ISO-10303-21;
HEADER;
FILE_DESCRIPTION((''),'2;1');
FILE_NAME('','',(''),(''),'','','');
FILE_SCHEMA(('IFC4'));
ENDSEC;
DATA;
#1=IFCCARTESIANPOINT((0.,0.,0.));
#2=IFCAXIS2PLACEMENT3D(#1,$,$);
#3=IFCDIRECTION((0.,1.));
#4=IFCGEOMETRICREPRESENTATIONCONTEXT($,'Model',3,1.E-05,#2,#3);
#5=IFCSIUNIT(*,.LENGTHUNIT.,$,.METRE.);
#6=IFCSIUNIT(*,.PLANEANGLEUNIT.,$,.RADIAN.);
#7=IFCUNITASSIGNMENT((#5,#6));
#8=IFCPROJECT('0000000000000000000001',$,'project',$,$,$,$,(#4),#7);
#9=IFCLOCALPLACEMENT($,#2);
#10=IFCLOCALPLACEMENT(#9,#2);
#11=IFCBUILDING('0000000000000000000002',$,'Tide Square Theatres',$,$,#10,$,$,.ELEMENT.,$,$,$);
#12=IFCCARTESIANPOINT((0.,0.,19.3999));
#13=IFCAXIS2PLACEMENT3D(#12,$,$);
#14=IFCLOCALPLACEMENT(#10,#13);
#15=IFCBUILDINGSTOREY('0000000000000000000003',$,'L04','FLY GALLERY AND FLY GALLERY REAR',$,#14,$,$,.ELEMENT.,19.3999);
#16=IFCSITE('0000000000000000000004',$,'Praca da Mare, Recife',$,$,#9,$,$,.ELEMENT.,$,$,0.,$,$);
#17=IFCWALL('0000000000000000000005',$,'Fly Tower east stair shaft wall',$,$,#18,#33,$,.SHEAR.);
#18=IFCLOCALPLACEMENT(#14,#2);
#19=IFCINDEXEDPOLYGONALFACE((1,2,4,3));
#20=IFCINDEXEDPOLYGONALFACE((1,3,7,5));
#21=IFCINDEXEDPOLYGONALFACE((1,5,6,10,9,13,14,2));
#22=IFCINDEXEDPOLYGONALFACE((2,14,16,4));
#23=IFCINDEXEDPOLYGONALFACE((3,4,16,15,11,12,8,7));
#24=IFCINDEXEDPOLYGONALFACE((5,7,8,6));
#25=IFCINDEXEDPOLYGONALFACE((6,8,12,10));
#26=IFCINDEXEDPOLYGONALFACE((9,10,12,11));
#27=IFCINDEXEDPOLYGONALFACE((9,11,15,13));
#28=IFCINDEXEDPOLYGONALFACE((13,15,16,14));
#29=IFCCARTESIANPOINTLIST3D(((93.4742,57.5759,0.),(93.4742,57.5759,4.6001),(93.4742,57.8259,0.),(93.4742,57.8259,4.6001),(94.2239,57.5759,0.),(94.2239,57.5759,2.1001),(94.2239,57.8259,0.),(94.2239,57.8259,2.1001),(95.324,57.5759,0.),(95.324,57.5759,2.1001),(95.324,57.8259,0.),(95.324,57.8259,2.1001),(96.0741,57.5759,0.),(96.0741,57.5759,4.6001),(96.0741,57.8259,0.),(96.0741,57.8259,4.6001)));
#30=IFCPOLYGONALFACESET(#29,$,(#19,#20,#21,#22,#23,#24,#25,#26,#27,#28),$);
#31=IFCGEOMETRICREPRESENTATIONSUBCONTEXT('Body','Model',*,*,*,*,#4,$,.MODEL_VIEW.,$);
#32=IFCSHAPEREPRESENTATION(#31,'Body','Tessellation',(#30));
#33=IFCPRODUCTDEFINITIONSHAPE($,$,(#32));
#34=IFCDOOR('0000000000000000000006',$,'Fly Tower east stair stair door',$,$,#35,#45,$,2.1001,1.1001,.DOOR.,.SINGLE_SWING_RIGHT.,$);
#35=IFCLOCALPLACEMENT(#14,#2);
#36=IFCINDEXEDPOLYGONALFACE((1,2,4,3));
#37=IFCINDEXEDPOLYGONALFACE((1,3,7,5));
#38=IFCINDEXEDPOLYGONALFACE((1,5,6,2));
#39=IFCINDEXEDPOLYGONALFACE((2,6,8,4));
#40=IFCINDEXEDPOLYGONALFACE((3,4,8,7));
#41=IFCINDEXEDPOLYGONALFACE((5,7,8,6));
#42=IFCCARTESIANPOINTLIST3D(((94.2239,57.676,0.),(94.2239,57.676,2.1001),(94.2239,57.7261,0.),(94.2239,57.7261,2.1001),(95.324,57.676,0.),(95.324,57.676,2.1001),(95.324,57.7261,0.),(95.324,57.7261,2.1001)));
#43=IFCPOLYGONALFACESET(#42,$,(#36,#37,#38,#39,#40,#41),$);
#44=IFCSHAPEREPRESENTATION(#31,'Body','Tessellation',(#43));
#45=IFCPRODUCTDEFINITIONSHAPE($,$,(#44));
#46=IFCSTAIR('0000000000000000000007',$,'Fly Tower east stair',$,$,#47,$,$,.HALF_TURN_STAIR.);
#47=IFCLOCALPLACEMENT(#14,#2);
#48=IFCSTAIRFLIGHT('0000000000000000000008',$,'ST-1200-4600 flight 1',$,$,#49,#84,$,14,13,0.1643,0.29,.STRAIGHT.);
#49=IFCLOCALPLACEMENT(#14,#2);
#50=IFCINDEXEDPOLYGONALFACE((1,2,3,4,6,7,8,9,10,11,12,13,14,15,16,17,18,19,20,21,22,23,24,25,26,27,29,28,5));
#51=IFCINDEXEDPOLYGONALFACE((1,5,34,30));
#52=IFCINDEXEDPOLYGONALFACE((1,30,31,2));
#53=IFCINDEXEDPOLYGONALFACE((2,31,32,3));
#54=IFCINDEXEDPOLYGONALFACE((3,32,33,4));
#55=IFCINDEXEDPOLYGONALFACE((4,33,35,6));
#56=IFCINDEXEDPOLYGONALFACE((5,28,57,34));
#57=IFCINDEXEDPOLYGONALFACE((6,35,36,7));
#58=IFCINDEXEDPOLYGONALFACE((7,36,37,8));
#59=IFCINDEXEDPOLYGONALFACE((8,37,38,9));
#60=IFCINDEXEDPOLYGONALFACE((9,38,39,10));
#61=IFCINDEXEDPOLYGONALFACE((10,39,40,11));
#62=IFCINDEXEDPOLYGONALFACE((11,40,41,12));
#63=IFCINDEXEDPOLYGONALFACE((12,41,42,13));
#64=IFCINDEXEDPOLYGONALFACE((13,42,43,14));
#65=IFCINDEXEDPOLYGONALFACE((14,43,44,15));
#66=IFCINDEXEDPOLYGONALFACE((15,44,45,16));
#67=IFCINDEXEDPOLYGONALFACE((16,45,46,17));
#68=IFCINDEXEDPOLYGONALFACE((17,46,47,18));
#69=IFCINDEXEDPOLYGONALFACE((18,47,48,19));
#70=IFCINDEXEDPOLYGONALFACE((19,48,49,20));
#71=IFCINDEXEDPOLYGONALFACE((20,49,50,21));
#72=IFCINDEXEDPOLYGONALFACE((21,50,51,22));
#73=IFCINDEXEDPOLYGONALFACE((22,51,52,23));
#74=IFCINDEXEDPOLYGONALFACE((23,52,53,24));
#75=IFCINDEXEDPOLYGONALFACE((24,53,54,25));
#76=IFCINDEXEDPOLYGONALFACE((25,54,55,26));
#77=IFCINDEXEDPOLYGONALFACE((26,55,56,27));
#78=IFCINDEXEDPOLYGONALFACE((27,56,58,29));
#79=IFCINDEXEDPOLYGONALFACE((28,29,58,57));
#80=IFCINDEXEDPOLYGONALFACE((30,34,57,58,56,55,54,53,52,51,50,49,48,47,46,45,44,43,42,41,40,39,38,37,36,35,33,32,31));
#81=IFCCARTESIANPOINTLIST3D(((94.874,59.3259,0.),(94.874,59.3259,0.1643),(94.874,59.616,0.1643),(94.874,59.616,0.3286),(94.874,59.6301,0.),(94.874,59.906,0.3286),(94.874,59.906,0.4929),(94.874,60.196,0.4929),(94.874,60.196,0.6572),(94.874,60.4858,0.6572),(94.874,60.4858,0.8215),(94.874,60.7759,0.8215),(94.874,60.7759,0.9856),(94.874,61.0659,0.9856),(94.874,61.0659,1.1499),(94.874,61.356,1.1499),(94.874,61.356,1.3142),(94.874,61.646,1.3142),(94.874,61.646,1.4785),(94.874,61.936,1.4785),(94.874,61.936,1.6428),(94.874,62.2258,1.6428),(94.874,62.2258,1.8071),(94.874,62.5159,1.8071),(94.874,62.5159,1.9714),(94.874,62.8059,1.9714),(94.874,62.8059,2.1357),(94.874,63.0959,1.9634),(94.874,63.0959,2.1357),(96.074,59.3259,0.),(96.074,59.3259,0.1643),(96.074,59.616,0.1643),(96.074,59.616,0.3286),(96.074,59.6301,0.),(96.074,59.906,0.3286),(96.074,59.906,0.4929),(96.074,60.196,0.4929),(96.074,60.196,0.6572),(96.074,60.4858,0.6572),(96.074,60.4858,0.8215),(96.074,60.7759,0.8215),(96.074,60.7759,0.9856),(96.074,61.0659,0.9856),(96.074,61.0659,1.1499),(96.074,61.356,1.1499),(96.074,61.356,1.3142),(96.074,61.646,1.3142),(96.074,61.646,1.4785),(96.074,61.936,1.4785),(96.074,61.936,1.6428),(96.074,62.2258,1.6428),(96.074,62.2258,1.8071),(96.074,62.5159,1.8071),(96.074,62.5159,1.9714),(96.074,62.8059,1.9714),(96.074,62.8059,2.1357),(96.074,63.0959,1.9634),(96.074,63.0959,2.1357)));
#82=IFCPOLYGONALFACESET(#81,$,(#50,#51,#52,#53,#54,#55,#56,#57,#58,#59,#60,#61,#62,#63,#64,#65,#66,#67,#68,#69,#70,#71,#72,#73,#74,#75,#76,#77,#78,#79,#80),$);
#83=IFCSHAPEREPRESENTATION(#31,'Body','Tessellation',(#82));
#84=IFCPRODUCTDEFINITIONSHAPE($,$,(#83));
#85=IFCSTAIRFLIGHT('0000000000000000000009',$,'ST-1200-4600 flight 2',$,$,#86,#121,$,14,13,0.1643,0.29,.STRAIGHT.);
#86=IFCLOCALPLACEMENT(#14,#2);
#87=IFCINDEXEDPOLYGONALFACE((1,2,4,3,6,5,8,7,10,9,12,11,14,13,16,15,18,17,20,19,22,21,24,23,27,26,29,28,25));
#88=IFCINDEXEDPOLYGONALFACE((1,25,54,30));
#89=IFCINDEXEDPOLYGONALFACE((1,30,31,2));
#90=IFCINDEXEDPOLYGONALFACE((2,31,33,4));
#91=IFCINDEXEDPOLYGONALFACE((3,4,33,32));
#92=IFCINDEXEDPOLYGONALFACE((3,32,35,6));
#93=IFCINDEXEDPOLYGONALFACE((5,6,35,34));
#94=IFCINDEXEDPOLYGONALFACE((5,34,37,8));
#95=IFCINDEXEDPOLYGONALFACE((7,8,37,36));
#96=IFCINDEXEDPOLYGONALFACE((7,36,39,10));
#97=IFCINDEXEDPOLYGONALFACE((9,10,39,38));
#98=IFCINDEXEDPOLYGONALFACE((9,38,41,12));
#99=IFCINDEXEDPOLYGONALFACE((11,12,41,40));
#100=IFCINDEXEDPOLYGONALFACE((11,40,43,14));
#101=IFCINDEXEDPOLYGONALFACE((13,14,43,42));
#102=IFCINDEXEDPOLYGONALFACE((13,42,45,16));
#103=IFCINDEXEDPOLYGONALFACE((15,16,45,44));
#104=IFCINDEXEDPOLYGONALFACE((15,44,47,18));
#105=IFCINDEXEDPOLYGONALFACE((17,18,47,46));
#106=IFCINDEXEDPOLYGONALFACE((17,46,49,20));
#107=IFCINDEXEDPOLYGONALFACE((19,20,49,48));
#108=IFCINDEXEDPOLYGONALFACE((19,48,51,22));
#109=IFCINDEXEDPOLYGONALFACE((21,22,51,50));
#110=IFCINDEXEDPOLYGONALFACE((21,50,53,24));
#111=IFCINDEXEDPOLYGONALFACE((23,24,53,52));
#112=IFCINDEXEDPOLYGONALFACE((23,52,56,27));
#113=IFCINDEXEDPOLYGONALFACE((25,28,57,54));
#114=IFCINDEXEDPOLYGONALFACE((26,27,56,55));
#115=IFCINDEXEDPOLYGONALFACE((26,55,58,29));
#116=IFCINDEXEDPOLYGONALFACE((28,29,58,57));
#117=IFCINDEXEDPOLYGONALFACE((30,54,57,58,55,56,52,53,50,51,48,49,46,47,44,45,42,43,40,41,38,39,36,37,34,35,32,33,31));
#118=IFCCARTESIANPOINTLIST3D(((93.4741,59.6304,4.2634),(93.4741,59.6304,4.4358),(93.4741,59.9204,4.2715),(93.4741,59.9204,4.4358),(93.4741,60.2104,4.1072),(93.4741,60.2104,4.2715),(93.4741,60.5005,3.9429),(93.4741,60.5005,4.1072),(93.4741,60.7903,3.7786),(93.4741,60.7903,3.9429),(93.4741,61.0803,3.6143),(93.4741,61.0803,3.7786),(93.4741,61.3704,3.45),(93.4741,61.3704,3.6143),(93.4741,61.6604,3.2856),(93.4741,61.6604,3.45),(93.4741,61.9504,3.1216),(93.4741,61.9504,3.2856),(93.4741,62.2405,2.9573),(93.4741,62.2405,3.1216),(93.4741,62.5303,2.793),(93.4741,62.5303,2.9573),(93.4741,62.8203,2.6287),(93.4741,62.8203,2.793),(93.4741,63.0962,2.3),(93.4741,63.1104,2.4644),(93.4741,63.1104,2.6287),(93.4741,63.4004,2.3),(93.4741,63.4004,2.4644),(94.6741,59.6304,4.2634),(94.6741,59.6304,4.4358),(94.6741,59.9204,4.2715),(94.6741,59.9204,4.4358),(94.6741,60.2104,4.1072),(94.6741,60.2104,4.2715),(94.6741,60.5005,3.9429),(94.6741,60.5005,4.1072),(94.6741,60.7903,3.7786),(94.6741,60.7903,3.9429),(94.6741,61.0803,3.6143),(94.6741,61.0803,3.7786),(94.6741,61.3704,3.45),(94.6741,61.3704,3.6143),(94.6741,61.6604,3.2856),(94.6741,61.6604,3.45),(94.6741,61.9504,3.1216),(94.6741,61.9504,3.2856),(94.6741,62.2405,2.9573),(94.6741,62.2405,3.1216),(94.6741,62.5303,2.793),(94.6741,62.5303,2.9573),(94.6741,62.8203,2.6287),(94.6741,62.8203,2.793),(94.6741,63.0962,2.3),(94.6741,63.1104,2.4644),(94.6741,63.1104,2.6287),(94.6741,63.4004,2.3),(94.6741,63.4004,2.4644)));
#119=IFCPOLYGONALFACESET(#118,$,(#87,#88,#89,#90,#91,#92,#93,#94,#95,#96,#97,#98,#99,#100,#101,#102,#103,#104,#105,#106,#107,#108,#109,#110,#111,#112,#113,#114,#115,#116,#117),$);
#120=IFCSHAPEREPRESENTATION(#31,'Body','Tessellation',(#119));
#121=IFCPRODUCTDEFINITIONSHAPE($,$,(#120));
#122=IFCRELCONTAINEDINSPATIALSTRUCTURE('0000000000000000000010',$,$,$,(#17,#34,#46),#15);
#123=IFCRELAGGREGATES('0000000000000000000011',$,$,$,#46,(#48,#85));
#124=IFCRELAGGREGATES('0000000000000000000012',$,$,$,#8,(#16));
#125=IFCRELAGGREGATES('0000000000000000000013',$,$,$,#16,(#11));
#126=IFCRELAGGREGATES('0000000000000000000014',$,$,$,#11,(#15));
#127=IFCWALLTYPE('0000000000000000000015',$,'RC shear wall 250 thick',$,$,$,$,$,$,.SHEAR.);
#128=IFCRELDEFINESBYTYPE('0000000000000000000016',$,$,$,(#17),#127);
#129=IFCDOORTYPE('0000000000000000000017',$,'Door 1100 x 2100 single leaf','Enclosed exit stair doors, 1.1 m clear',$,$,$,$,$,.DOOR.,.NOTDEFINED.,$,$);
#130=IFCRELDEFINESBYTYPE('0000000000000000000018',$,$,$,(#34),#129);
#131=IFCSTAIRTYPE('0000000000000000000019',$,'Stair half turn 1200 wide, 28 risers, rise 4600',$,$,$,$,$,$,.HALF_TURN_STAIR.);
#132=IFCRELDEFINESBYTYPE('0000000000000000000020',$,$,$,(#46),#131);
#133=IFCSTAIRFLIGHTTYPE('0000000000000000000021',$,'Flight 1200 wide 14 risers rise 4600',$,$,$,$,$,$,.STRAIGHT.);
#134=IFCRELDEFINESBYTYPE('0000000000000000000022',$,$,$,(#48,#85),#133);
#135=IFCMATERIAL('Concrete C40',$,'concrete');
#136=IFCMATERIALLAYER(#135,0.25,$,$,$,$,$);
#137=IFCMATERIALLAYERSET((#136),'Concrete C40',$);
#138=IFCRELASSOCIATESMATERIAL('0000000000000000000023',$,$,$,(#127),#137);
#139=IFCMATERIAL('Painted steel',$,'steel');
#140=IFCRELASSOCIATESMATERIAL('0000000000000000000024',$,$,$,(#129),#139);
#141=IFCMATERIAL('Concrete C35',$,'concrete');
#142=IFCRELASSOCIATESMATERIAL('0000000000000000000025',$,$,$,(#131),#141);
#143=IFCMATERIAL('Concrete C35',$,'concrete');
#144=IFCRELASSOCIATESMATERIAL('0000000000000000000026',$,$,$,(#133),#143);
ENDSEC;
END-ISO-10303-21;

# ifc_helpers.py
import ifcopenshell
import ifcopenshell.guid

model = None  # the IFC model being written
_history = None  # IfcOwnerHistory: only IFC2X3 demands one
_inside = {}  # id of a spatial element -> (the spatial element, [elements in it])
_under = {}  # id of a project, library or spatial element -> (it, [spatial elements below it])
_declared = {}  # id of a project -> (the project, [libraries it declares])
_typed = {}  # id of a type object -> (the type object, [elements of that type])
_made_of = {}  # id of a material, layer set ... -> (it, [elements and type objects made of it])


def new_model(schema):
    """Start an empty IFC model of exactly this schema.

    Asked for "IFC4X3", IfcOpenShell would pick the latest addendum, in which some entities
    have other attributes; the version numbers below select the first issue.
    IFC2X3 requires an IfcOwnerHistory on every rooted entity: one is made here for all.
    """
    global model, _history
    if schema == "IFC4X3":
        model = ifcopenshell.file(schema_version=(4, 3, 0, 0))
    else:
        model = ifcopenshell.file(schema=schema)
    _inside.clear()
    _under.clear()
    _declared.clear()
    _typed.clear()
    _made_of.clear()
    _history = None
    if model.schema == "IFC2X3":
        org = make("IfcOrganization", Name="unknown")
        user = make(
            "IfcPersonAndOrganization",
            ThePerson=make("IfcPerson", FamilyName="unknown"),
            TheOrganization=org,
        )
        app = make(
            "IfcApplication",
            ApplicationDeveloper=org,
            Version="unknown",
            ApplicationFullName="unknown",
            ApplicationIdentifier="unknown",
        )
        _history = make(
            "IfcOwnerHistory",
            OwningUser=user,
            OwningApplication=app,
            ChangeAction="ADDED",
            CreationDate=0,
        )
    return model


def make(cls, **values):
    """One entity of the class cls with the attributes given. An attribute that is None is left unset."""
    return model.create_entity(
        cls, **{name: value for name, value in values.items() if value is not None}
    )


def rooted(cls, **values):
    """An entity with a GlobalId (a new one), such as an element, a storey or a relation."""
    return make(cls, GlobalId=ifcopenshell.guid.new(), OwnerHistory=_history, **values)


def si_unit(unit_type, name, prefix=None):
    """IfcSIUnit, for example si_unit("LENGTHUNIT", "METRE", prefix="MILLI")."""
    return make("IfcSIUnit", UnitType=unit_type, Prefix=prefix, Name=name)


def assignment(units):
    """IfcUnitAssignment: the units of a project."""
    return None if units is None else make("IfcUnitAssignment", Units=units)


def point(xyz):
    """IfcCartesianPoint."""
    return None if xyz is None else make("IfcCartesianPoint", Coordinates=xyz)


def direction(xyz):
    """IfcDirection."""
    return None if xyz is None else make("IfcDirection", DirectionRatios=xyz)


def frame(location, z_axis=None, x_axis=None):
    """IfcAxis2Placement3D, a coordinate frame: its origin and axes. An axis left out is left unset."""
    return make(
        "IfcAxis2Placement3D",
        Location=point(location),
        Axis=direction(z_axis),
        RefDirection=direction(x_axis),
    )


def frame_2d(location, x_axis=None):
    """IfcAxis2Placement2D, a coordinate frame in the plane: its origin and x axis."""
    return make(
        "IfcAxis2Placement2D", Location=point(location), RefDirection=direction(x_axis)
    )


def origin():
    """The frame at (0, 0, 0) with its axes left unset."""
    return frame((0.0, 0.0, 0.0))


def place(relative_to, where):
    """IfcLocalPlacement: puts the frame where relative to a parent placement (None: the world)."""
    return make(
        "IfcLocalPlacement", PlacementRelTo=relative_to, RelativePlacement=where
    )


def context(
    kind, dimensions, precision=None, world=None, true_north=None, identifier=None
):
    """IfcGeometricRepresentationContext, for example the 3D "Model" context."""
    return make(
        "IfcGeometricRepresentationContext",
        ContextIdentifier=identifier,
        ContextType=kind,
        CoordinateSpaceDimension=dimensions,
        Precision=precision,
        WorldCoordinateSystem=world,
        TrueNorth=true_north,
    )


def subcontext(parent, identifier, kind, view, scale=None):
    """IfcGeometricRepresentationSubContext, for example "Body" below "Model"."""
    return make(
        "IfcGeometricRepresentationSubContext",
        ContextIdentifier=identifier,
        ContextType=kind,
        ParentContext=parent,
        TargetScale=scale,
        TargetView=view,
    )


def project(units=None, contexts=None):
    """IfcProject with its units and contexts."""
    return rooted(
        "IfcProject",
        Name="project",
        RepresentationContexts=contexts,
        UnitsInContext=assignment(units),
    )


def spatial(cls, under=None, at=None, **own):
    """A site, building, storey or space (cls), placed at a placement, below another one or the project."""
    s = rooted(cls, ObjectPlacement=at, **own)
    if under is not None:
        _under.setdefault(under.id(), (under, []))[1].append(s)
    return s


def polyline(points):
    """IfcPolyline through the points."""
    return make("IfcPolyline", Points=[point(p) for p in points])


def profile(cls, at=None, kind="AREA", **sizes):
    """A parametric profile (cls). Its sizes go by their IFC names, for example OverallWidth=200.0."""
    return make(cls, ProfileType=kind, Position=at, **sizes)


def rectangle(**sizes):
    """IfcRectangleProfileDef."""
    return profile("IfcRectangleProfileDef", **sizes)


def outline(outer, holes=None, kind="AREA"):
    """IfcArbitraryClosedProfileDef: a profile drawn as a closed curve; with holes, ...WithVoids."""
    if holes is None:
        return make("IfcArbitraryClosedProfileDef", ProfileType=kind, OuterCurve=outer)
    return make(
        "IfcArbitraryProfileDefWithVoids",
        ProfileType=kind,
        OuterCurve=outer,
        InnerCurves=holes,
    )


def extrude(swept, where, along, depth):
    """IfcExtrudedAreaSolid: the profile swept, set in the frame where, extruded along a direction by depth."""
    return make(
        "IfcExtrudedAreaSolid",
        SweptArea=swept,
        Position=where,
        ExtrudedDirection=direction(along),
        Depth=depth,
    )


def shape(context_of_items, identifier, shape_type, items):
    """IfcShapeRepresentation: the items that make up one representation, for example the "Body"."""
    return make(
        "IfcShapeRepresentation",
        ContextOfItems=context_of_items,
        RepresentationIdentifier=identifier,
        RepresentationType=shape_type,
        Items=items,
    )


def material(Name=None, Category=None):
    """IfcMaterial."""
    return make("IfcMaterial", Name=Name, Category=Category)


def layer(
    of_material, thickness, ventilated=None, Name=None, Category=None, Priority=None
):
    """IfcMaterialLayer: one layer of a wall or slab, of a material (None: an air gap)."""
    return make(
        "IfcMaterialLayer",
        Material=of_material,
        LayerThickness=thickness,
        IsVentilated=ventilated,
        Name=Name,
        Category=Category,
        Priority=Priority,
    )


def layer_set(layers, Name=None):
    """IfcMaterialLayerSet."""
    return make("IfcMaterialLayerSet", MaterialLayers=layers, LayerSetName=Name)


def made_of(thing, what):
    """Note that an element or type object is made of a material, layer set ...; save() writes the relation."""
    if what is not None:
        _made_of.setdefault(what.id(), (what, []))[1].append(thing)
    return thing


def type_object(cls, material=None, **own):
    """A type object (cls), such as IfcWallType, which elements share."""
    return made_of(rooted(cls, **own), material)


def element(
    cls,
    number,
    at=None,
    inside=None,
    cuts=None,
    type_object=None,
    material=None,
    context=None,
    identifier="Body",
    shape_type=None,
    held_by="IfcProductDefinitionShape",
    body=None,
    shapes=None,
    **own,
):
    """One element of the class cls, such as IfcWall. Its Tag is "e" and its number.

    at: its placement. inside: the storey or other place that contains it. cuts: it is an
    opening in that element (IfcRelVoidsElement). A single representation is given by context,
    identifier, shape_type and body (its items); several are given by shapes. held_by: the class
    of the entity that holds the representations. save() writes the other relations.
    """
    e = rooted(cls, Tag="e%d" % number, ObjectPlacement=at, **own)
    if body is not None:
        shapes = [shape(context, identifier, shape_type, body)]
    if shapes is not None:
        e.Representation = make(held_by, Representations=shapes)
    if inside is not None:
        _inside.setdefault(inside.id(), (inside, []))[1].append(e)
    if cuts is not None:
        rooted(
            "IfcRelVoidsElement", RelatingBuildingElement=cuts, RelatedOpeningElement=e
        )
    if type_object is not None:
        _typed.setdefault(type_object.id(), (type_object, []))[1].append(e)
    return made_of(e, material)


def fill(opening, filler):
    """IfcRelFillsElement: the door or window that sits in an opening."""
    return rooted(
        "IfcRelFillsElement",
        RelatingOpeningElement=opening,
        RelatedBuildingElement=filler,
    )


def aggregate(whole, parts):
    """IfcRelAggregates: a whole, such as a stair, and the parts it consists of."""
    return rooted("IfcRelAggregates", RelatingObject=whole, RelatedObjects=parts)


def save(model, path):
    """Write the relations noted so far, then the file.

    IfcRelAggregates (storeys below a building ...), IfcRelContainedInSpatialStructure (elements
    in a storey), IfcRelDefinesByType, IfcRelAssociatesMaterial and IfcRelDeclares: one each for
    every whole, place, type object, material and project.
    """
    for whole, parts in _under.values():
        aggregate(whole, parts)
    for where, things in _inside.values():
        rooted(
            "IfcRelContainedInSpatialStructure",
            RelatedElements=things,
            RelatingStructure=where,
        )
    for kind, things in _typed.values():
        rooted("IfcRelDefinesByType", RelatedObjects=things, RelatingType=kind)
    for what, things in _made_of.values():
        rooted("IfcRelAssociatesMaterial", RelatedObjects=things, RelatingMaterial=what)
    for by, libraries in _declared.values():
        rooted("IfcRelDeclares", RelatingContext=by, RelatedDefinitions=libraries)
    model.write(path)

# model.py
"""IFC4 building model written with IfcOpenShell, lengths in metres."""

from ifc_helpers import new_model, si_unit, direction, frame, frame_2d, origin, place, context, subcontext, project, spatial, polyline, rectangle, outline, extrude, material, layer, layer_set, type_object, element, fill, aggregate, save


model = new_model("IFC4")

# Units and contexts
model_context = context("Model", 3, precision=1e-05, world=origin(), true_north=direction((0.0, 1.0)))
body_context = subcontext(model_context, "Body", "Model", "MODEL_VIEW")
ifc_project = project(units=[si_unit("LENGTHUNIT", "METRE"), si_unit("PLANEANGLEUNIT", "RADIAN")], contexts=[model_context])

# Site, building, storey
site_placement = place(None, origin())
site = spatial("IfcSite", under=ifc_project, at=site_placement, Name="Praca da Mare, Recife", CompositionType="ELEMENT", RefElevation=0.0)
building_placement = place(site_placement, origin())
building = spatial("IfcBuilding", under=site, at=building_placement, Name="Tide Square Theatres", CompositionType="ELEMENT")
storey_placement = place(building_placement, frame((0.0, 0.0, 19.3999)))
storey = spatial("IfcBuildingStorey", under=building, at=storey_placement, Name="L04", Description="FLY GALLERY AND FLY GALLERY REAR", CompositionType="ELEMENT", Elevation=19.3999)

# Shared definitions
ifc_material_1 = material(Name="Concrete C40", Category="concrete")
ifc_layer_1 = layer(ifc_material_1, 0.25)
ifc_layer_set_1 = layer_set([ifc_layer_1], Name="Concrete C40")
wall_type = type_object("IfcWallType", Name="RC shear wall 250 thick", PredefinedType="SHEAR", material=ifc_layer_set_1)

# Wall, opening, door
wall_1_placement = place(storey_placement, frame((96.074, 57.7009, 0.0), z_axis=(0.0, 0.0, 1.0), x_axis=(-1.0, 0.0, 0.0)))
wall_1 = element("IfcWall", 1, at=wall_1_placement, inside=storey, type_object=wall_type, Name="Fly Tower east stair shaft wall", PredefinedType="SHEAR", context=body_context, shape_type="SweptSolid", body=[
    extrude(rectangle(XDim=2.5999, YDim=0.25, at=frame_2d((1.2998, 0.0))), origin(), (0.0, 0.0, 1.0), 4.6001),
])
opening_placement = place(wall_1_placement, frame((0.75, 0.0, 0.0)))
opening = element("IfcOpeningElement", 2, at=opening_placement, cuts=wall_1, PredefinedType="OPENING", context=body_context, shape_type="SweptSolid", body=[
    extrude(rectangle(XDim=1.1001, YDim=2.1001, at=frame_2d((0.55, 1.05))), frame((0.0, 0.135, 0.0), z_axis=(0.0, -1.0, 0.0), x_axis=(1.0, 0.0, 0.0)), (0.0, 0.0, 1.0), 0.27),
])
ifc_material_2 = material(Name="Painted steel", Category="steel")
door_type = type_object("IfcDoorType", Name="Door 1100 x 2100 single leaf", Description="Enclosed exit stair doors, 1.1 m clear", OperationType="NOTDEFINED", PredefinedType="DOOR", material=ifc_material_2)
door_placement = place(opening_placement, origin())
door = element("IfcDoor", 3, at=door_placement, inside=storey, type_object=door_type, Name="Fly Tower east stair stair door", OperationType="SINGLE_SWING_RIGHT", OverallHeight=2.1001, OverallWidth=1.1001, PredefinedType="DOOR", context=body_context, shape_type="SweptSolid", body=[
    extrude(rectangle(XDim=1.1001, YDim=2.1001, at=frame_2d((0.55, 1.05))), frame((0.0, 0.0249, 0.0), z_axis=(0.0, -1.0, 0.0), x_axis=(1.0, 0.0, 0.0)), (0.0, 0.0, 1.0), 0.05),
])
fill(opening, door)

# Stair, stair flights
ifc_material_3 = material(Name="Concrete C35", Category="concrete")
stair_type = type_object("IfcStairType", Name="Stair half turn 1200 wide, 28 risers, rise 4600", PredefinedType="HALF_TURN_STAIR", material=ifc_material_3)
stair_placement = place(storey_placement, origin())
stair = element("IfcStair", 4, at=stair_placement, inside=storey, type_object=stair_type, Name="Fly Tower east stair", PredefinedType="HALF_TURN_STAIR")
ifc_material_4 = material(Name="Concrete C35", Category="concrete")
stair_flight_type = type_object("IfcStairFlightType", Name="Flight 1200 wide 14 risers rise 4600", PredefinedType="STRAIGHT", material=ifc_material_4)
stair_flight_1_placement = place(storey_placement, frame((95.4741, 59.3259, 0.0), z_axis=(0.0, 0.0, 1.0), x_axis=(0.0, 1.0, 0.0)))
stair_flight_1 = element("IfcStairFlight", 5, at=stair_flight_1_placement, type_object=stair_flight_type, Name="ST-1200-4600 flight 1", NumberOfRisers=14, NumberOfTreads=13, PredefinedType="STRAIGHT", RiserHeight=0.1643, TreadLength=0.29, context=body_context, shape_type="SweptSolid", body=[
    extrude(outline(polyline([(0.0, 0.0), (0.0, 0.1643), (0.29, 0.1643), (0.29, 0.3286), (0.5801, 0.3286), (0.5801, 0.4929), (0.8701, 0.4929), (0.8701, 0.6572), (1.1599, 0.6572), (1.1599, 0.8215), (1.45, 0.8215), (1.45, 0.9856), (1.74, 0.9856), (1.74, 1.1499), (2.03, 1.1499), (2.03, 1.3142), (2.3201, 1.3142), (2.3201, 1.4785), (2.6101, 1.4785), (2.6101, 1.6428), (2.8999, 1.6428), (2.8999, 1.8071), (3.1899, 1.8071), (3.1899, 1.9714), (3.48, 1.9714), (3.48, 2.1357), (3.77, 2.1357), (3.77, 2.3), (3.77, 1.9634), (0.3042, 0.0), (0.0, 0.0)])), frame((0.0, 0.6001, 0.0), z_axis=(0.0, -1.0, 0.0), x_axis=(1.0, 0.0, 0.0)), (0.0, 0.0, 1.0), 1.2),
])
stair_flight_2_placement = place(storey_placement, frame((94.074, 63.4004, 2.3), z_axis=(0.0, 0.0, 1.0), x_axis=(0.0, -1.0, 0.0)))
stair_flight_2 = element("IfcStairFlight", 6, at=stair_flight_2_placement, type_object=stair_flight_type, Name="ST-1200-4600 flight 2", NumberOfRisers=14, NumberOfTreads=13, PredefinedType="STRAIGHT", RiserHeight=0.1643, TreadLength=0.29, context=body_context, shape_type="SweptSolid", body=[
    extrude(outline(polyline([(0.0, 0.0), (0.0, 0.1643), (0.29, 0.1643), (0.29, 0.3286), (0.5801, 0.3286), (0.5801, 0.4929), (0.8701, 0.4929), (0.8701, 0.6572), (1.1599, 0.6572), (1.1599, 0.8215), (1.45, 0.8215), (1.45, 0.9856), (1.74, 0.9856), (1.74, 1.1499), (2.03, 1.1499), (2.03, 1.3142), (2.3201, 1.3142), (2.3201, 1.4785), (2.6101, 1.4785), (2.6101, 1.6428), (2.8999, 1.6428), (2.8999, 1.8071), (3.1899, 1.8071), (3.1899, 1.9714), (3.48, 1.9714), (3.48, 2.1357), (3.77, 2.1357), (3.77, 2.3), (3.77, 1.9634), (0.3042, 0.0), (0.0, 0.0)])), frame((0.0, 0.6001, 0.0), z_axis=(0.0, -1.0, 0.0), x_axis=(1.0, 0.0, 0.0)), (0.0, 0.0, 1.0), 1.2),
])
aggregate(stair, [stair_flight_1, stair_flight_2])

save(model, "model.ifc")
